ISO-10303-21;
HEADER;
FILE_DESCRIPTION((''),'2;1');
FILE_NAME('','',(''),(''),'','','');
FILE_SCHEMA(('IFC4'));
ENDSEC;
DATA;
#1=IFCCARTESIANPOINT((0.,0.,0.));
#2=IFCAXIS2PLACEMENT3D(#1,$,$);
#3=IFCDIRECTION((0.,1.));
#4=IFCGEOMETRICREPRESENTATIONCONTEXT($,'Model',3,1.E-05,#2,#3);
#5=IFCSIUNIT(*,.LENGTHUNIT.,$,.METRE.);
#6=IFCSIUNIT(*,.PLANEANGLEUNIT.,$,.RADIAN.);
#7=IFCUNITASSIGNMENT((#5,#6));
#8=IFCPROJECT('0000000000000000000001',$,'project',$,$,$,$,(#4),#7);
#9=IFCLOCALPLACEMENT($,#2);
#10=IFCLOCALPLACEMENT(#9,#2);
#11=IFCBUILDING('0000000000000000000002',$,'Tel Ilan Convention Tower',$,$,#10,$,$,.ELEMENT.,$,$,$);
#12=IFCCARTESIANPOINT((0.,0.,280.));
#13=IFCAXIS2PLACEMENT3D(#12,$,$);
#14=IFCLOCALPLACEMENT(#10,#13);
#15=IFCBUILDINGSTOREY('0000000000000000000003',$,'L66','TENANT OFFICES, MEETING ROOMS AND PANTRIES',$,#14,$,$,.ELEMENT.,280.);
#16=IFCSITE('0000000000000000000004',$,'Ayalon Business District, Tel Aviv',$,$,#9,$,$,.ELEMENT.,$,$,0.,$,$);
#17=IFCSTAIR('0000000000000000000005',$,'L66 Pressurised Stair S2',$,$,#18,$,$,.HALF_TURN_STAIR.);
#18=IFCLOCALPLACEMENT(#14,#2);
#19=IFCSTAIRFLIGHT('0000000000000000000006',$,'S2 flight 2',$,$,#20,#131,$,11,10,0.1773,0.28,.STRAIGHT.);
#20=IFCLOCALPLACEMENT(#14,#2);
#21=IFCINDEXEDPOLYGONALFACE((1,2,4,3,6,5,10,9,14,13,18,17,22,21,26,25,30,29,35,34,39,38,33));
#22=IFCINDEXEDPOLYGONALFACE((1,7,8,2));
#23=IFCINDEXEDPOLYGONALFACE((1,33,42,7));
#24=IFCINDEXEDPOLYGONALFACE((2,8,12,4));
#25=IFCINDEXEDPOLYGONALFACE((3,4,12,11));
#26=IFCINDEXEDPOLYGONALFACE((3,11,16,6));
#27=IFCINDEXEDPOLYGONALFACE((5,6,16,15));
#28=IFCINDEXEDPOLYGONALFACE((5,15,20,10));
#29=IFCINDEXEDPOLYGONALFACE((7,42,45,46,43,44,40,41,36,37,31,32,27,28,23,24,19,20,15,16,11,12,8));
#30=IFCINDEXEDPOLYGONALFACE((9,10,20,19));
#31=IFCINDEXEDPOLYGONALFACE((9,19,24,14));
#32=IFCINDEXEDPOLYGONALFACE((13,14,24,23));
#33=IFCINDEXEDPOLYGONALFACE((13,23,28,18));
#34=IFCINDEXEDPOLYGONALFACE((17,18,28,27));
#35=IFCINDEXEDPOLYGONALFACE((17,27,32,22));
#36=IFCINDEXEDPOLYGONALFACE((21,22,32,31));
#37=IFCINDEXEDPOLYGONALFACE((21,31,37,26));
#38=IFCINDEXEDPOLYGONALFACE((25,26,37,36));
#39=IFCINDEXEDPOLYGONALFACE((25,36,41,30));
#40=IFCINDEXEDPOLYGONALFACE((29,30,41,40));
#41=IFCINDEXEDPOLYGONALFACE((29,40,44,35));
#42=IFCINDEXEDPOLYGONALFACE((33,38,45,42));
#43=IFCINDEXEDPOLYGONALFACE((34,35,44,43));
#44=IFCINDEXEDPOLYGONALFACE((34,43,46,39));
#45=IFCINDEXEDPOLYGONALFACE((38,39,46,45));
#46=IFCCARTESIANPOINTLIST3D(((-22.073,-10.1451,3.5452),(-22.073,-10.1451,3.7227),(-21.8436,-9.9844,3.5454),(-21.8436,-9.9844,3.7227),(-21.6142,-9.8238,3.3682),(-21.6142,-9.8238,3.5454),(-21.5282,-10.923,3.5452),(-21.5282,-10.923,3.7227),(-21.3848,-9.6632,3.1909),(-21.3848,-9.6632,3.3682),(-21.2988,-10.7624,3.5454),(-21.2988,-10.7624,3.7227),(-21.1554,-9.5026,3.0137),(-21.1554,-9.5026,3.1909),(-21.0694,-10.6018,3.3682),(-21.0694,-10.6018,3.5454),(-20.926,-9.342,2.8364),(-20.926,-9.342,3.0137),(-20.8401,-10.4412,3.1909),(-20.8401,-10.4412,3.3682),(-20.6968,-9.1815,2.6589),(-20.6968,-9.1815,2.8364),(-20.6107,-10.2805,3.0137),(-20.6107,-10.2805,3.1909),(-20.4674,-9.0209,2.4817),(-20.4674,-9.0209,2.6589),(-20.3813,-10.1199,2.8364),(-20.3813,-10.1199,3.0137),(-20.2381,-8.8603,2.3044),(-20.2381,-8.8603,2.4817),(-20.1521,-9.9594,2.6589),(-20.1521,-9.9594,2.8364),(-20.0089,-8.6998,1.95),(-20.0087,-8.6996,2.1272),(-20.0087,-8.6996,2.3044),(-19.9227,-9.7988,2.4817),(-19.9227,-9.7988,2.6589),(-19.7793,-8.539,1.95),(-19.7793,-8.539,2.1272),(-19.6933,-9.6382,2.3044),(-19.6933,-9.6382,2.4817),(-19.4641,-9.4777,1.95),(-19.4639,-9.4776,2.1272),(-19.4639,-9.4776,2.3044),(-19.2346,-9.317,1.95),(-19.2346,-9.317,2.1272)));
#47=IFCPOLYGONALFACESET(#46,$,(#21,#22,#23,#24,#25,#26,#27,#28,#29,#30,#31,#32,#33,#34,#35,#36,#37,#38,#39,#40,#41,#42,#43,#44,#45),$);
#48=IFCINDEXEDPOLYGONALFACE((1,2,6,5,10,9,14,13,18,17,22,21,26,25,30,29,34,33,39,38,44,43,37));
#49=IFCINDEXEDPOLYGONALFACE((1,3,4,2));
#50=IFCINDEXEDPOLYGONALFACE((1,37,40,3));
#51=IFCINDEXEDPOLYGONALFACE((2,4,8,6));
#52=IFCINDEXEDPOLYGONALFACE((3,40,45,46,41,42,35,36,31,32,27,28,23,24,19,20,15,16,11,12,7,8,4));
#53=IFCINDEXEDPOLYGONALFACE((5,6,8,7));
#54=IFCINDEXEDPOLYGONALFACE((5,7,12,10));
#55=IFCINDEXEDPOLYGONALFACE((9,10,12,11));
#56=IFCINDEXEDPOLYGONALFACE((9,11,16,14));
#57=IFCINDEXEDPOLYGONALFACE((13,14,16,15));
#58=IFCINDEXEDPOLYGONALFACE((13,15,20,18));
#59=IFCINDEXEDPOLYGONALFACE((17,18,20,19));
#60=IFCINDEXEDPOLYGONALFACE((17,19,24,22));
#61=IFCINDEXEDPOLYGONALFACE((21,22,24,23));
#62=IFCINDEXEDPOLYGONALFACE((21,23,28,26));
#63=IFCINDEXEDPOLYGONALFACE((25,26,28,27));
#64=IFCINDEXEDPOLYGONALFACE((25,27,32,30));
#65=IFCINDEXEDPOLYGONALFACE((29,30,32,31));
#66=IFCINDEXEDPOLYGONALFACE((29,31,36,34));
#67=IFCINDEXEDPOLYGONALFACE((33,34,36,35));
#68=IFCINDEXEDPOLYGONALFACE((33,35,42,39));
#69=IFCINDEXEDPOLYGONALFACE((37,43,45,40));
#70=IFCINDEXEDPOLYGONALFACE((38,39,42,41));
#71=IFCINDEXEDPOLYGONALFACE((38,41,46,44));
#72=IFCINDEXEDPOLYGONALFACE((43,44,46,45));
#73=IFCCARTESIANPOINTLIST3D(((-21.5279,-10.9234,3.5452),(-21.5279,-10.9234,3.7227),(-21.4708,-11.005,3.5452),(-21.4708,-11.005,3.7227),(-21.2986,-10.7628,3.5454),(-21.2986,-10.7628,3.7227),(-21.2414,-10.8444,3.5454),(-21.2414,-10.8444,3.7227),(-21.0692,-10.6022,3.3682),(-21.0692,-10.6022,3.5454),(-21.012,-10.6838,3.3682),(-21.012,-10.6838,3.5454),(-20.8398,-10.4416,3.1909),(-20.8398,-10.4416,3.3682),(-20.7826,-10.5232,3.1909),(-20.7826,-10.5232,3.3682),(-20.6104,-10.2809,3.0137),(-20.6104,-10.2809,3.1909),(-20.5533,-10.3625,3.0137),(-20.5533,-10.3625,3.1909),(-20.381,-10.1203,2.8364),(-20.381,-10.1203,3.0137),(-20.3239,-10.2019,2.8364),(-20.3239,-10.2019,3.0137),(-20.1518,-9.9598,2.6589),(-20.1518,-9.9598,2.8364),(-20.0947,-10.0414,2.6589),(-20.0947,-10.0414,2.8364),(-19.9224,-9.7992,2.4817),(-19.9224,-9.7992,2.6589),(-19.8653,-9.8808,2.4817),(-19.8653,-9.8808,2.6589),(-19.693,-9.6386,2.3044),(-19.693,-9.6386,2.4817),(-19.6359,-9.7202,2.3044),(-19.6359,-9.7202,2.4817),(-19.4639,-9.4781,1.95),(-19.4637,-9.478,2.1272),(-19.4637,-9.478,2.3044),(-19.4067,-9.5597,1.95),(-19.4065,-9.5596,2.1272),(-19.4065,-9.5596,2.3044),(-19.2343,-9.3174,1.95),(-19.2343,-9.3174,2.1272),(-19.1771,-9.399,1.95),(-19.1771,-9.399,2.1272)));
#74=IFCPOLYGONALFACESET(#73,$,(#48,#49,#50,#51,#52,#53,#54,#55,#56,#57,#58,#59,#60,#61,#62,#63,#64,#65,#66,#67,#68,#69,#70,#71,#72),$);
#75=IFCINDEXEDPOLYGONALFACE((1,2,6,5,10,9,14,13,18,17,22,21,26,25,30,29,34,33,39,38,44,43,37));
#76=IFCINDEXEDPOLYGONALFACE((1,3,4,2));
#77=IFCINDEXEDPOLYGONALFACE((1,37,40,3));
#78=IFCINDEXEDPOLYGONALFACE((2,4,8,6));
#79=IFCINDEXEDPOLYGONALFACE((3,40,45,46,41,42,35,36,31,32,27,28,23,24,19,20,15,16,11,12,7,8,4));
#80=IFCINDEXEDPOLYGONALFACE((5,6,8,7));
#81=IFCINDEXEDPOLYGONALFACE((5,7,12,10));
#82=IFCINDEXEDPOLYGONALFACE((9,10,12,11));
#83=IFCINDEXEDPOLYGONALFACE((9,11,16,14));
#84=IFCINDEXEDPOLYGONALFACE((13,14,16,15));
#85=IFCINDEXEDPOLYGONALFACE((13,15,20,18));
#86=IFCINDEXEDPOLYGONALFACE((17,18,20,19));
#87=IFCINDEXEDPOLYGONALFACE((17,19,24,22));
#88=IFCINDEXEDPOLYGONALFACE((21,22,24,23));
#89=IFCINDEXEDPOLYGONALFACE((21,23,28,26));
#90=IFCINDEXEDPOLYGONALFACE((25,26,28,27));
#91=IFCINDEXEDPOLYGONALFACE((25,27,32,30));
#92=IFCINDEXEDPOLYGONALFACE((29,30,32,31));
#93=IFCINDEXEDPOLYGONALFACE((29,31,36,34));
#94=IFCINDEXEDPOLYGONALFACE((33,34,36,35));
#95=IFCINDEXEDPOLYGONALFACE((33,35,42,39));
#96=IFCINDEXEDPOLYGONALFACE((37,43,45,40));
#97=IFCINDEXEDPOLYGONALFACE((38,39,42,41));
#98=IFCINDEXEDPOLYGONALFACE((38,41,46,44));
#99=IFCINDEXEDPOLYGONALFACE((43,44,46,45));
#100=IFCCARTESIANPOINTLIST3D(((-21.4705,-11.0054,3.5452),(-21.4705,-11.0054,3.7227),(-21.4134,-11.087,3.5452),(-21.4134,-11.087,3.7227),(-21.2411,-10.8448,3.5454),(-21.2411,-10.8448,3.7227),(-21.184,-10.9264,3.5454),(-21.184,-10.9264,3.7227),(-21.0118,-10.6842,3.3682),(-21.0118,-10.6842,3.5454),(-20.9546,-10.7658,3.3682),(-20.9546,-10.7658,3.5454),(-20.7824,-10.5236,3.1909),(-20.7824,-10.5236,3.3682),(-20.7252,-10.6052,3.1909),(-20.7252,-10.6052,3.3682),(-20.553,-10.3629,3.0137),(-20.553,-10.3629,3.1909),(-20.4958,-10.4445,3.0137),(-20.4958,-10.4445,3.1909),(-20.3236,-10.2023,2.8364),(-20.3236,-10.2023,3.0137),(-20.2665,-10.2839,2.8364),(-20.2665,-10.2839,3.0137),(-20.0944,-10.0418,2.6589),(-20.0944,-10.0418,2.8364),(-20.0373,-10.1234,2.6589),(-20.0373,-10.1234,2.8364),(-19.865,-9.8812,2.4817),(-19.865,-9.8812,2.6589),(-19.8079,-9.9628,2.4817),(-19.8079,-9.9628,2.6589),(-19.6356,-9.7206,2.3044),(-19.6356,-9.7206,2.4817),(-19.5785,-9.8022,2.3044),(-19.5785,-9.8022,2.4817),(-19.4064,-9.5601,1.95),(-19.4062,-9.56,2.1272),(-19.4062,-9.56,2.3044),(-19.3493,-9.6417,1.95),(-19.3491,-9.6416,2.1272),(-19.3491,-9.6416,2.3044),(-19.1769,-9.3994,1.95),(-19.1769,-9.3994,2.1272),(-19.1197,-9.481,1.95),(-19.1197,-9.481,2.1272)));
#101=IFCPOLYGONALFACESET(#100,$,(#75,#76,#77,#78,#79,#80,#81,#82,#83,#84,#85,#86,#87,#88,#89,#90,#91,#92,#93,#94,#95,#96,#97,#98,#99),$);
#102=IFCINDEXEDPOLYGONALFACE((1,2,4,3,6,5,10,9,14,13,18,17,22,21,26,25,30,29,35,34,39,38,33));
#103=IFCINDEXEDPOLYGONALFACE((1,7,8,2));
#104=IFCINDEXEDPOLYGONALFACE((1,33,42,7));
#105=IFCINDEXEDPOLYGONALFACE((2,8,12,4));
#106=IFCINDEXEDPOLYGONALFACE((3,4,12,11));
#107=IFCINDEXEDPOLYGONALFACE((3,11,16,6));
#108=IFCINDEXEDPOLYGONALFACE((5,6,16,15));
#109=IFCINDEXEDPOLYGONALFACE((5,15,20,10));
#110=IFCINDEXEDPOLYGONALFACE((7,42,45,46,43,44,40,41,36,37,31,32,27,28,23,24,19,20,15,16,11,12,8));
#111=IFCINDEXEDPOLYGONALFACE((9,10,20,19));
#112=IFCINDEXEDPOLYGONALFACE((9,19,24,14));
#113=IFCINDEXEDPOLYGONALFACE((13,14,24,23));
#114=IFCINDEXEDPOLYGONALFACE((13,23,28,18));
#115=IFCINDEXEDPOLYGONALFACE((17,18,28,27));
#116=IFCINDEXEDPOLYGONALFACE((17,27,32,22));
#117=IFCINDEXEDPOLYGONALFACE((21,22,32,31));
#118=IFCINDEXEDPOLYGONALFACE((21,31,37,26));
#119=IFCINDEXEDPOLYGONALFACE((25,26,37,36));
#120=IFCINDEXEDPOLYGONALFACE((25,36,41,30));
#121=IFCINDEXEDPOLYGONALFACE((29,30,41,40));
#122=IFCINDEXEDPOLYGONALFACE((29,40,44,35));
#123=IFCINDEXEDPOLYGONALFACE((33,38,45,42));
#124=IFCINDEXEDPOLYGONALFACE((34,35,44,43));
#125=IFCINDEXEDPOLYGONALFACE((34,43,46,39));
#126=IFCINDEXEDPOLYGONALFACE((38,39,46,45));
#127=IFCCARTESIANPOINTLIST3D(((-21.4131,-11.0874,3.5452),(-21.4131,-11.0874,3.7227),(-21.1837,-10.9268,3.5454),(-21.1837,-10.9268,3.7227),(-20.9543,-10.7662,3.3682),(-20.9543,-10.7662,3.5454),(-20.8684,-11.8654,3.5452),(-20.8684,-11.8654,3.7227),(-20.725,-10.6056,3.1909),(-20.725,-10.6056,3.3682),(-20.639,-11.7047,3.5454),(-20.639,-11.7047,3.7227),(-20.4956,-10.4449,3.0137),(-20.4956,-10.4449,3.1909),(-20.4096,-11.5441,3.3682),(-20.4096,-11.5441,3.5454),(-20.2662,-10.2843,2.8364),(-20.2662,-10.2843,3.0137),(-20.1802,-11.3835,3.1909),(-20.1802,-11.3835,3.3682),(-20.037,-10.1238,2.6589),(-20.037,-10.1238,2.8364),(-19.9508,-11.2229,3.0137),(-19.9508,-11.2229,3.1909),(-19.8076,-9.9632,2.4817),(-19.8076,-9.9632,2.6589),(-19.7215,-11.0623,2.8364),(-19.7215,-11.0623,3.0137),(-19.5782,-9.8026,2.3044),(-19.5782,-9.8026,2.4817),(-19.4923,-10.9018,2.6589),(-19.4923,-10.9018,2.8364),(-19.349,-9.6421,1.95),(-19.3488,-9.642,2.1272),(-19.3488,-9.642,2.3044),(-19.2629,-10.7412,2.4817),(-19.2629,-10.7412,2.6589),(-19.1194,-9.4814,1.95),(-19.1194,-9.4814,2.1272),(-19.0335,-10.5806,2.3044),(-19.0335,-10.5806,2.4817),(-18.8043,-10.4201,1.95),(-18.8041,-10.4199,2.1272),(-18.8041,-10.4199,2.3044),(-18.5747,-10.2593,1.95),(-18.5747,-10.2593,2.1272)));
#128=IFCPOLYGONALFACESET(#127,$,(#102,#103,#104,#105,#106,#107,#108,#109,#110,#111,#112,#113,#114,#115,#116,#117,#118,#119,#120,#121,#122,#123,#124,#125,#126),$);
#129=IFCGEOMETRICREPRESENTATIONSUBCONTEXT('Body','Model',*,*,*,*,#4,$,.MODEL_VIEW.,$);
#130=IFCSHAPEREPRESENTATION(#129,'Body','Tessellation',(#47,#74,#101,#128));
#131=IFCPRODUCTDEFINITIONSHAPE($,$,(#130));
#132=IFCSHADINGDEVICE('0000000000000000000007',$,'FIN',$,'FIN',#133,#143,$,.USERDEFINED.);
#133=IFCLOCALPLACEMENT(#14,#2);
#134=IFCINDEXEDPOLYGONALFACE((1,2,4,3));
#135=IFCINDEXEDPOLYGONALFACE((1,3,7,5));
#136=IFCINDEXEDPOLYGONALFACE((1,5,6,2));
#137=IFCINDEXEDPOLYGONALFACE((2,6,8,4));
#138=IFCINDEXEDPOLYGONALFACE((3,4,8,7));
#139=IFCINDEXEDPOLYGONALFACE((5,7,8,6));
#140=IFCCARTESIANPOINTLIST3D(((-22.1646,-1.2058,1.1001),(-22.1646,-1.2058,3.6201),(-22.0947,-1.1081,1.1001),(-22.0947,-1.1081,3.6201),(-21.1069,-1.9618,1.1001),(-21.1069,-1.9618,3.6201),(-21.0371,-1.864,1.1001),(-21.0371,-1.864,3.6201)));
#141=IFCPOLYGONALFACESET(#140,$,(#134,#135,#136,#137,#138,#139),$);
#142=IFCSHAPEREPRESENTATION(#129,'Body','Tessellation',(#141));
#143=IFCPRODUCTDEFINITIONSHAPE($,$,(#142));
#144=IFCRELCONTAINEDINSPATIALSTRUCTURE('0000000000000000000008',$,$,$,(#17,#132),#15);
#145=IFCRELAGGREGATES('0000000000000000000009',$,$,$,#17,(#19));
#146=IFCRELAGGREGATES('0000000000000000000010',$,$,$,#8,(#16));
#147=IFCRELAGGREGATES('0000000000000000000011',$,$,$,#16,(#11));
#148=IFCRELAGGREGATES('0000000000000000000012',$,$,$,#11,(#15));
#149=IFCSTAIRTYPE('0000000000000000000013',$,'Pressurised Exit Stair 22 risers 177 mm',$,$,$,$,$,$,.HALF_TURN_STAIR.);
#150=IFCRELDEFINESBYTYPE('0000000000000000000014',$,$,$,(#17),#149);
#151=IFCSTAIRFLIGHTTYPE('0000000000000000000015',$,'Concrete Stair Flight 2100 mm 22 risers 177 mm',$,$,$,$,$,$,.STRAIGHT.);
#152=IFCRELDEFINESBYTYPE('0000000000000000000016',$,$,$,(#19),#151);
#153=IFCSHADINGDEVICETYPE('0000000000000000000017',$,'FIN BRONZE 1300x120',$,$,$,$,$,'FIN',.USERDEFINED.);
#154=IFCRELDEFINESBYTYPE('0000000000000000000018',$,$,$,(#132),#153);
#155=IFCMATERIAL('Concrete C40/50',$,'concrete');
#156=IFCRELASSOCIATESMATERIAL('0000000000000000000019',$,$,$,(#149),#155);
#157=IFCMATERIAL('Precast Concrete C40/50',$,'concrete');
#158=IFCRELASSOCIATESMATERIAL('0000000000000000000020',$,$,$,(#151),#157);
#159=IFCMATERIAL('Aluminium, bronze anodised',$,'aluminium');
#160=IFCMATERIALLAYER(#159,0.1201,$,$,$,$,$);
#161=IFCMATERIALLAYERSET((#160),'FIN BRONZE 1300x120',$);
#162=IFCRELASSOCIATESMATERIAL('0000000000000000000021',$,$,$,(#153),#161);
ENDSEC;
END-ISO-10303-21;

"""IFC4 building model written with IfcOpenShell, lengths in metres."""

from ifc_helpers import new_model, si_unit, direction, frame, origin, origin_2d, place, context, subcontext, project, spatial, polyline, rectangle, outline, extrude, material, layer, layer_set, type_object, element, aggregate, save


model = new_model("IFC4")

# Units and contexts
model_context = context("Model", 3, precision=1e-05, world=origin(), true_north=direction((0.0, 1.0)))
body_context = subcontext(model_context, "Body", "Model", "MODEL_VIEW")
ifc_project = project(units=[si_unit("LENGTHUNIT", "METRE"), si_unit("PLANEANGLEUNIT", "RADIAN")], contexts=[model_context])

# Site, building, storey
site_placement = place(None, origin())
site = spatial("IfcSite", under=ifc_project, at=site_placement, Name="Ayalon Business District, Tel Aviv", CompositionType="ELEMENT", RefElevation=0.0)
building_placement = place(site_placement, origin())
building = spatial("IfcBuilding", under=site, at=building_placement, Name="Tel Ilan Convention Tower", CompositionType="ELEMENT")
storey_placement = place(building_placement, frame((0.0, 0.0, 280.0)))
storey = spatial("IfcBuildingStorey", under=building, at=storey_placement, Name="L66", Description="TENANT OFFICES, MEETING ROOMS AND PANTRIES", CompositionType="ELEMENT", Elevation=280.0)

# Stair, stair flight
ifc_material_1 = material(Name="Concrete C40/50", Category="concrete")
stair_type = type_object("IfcStairType", Name="Pressurised Exit Stair 22 risers 177 mm", PredefinedType="HALF_TURN_STAIR", material=ifc_material_1)
ifc_material_2 = material(Name="Precast Concrete C40/50", Category="concrete")
stair_flight_type = type_object("IfcStairFlightType", Name="Concrete Stair Flight 2100 mm 22 risers 177 mm", PredefinedType="STRAIGHT", material=ifc_material_2)
stair_1_placement = place(storey_placement, origin())
stair_1 = element("IfcStair", 1, at=stair_1_placement, inside=storey, type_object=stair_type, Name="L66 Pressurised Stair S2", PredefinedType="HALF_TURN_STAIR")
stair_flight_1_placement = place(storey_placement, frame((-19.177, -9.3992, 1.95), z_axis=(0.0, 0.0, 1.0), x_axis=(-0.819152, -0.573576, 0.0)))
stair_flight_1 = element("IfcStairFlight", 2, at=stair_flight_1_placement, type_object=stair_flight_type, Name="S2 flight 2", NumberOfRisers=11, NumberOfTreads=10, PredefinedType="STRAIGHT", RiserHeight=0.1773, TreadLength=0.28, context=body_context, shape_type="SweptSolid", body=[
    extrude(outline(polyline([(0.0, 0.0), (0.0, 0.1772), (0.28, 0.1772), (0.28, 0.3545), (0.5601, 0.3545), (0.5601, 0.5317), (0.8401, 0.5317), (0.8401, 0.709), (1.1201, 0.709), (1.1201, 0.8865), (1.3999, 0.8865), (1.3999, 1.0637), (1.6799, 1.0637), (1.6799, 1.241), (1.96, 1.241), (1.96, 1.4182), (2.24, 1.4182), (2.24, 1.5955), (2.52, 1.5955), (2.52, 1.7727), (2.8, 1.7727), (2.8, 1.95), (2.8, 1.5952), (0.2803, 0.0), (0.0, 0.0)])), frame((0.0, -0.1003, 0.0), z_axis=(0.0, -1.0, 0.0), x_axis=(1.0, 0.0, 0.0)), (0.0, 0.0, 1.0), 0.9497),
    extrude(outline(polyline([(0.0, 0.0), (0.0, 0.1772), (0.28, 0.1772), (0.28, 0.3545), (0.5601, 0.3545), (0.5601, 0.5317), (0.8401, 0.5317), (0.8401, 0.709), (1.1201, 0.709), (1.1201, 0.8865), (1.3999, 0.8865), (1.3999, 1.0637), (1.6799, 1.0637), (1.6799, 1.241), (1.96, 1.241), (1.96, 1.4182), (2.24, 1.4182), (2.24, 1.5955), (2.52, 1.5955), (2.52, 1.7727), (2.8, 1.7727), (2.8, 1.95), (2.8, 1.5952), (0.2803, 0.0), (0.0, 0.0)])), frame((0.0, -0.0002, 0.0), z_axis=(0.0, -1.0, 0.0), x_axis=(1.0, 0.0, 0.0)), (0.0, 0.0, 1.0), 0.0996),
    extrude(outline(polyline([(0.0, 0.0), (0.0, 0.1772), (0.28, 0.1772), (0.28, 0.3545), (0.5601, 0.3545), (0.5601, 0.5317), (0.8401, 0.5317), (0.8401, 0.709), (1.1201, 0.709), (1.1201, 0.8865), (1.3999, 0.8865), (1.3999, 1.0637), (1.6799, 1.0637), (1.6799, 1.241), (1.96, 1.241), (1.96, 1.4182), (2.24, 1.4182), (2.24, 1.5955), (2.52, 1.5955), (2.52, 1.7727), (2.8, 1.7727), (2.8, 1.95), (2.8, 1.5952), (0.2803, 0.0), (0.0, 0.0)])), frame((0.0, 0.0999, 0.0), z_axis=(0.0, -1.0, 0.0), x_axis=(1.0, 0.0, 0.0)), (0.0, 0.0, 1.0), 0.0996),
    extrude(outline(polyline([(0.0, 0.0), (0.0, 0.1772), (0.28, 0.1772), (0.28, 0.3545), (0.5601, 0.3545), (0.5601, 0.5317), (0.8401, 0.5317), (0.8401, 0.709), (1.1201, 0.709), (1.1201, 0.8865), (1.3999, 0.8865), (1.3999, 1.0637), (1.6799, 1.0637), (1.6799, 1.241), (1.96, 1.241), (1.96, 1.4182), (2.24, 1.4182), (2.24, 1.5955), (2.52, 1.5955), (2.52, 1.7727), (2.8, 1.7727), (2.8, 1.95), (2.8, 1.5952), (0.2803, 0.0), (0.0, 0.0)])), frame((0.0, 1.05, 0.0), z_axis=(0.0, -1.0, 0.0), x_axis=(1.0, 0.0, 0.0)), (0.0, 0.0, 1.0), 0.9497),
])
aggregate(stair_1, [stair_flight_1])

# Shading device
ifc_material_3 = material(Name="Aluminium, bronze anodised", Category="aluminium")
ifc_layer_1 = layer(ifc_material_3, 0.1201)
ifc_layer_set_1 = layer_set([ifc_layer_1], Name="FIN BRONZE 1300x120")
shading_device_type = type_object("IfcShadingDeviceType", Name="FIN BRONZE 1300x120", ElementType="FIN", PredefinedType="USERDEFINED", material=ifc_layer_set_1)
shading_device_placement = place(storey_placement, frame((-21.6008, -1.5349, 1.1001), z_axis=(0.0, 0.0, 1.0), x_axis=(-0.813552, 0.581492, 0.0)))
element("IfcShadingDevice", 3, at=shading_device_placement, inside=storey, type_object=shading_device_type, Name="FIN", ObjectType="FIN", PredefinedType="USERDEFINED", context=body_context, shape_type="SweptSolid", body=[
    extrude(rectangle(XDim=1.3, YDim=0.1201, at=origin_2d()), origin(), (0.0, 0.0, 1.0), 2.52),
])

save(model, "model.ifc")
